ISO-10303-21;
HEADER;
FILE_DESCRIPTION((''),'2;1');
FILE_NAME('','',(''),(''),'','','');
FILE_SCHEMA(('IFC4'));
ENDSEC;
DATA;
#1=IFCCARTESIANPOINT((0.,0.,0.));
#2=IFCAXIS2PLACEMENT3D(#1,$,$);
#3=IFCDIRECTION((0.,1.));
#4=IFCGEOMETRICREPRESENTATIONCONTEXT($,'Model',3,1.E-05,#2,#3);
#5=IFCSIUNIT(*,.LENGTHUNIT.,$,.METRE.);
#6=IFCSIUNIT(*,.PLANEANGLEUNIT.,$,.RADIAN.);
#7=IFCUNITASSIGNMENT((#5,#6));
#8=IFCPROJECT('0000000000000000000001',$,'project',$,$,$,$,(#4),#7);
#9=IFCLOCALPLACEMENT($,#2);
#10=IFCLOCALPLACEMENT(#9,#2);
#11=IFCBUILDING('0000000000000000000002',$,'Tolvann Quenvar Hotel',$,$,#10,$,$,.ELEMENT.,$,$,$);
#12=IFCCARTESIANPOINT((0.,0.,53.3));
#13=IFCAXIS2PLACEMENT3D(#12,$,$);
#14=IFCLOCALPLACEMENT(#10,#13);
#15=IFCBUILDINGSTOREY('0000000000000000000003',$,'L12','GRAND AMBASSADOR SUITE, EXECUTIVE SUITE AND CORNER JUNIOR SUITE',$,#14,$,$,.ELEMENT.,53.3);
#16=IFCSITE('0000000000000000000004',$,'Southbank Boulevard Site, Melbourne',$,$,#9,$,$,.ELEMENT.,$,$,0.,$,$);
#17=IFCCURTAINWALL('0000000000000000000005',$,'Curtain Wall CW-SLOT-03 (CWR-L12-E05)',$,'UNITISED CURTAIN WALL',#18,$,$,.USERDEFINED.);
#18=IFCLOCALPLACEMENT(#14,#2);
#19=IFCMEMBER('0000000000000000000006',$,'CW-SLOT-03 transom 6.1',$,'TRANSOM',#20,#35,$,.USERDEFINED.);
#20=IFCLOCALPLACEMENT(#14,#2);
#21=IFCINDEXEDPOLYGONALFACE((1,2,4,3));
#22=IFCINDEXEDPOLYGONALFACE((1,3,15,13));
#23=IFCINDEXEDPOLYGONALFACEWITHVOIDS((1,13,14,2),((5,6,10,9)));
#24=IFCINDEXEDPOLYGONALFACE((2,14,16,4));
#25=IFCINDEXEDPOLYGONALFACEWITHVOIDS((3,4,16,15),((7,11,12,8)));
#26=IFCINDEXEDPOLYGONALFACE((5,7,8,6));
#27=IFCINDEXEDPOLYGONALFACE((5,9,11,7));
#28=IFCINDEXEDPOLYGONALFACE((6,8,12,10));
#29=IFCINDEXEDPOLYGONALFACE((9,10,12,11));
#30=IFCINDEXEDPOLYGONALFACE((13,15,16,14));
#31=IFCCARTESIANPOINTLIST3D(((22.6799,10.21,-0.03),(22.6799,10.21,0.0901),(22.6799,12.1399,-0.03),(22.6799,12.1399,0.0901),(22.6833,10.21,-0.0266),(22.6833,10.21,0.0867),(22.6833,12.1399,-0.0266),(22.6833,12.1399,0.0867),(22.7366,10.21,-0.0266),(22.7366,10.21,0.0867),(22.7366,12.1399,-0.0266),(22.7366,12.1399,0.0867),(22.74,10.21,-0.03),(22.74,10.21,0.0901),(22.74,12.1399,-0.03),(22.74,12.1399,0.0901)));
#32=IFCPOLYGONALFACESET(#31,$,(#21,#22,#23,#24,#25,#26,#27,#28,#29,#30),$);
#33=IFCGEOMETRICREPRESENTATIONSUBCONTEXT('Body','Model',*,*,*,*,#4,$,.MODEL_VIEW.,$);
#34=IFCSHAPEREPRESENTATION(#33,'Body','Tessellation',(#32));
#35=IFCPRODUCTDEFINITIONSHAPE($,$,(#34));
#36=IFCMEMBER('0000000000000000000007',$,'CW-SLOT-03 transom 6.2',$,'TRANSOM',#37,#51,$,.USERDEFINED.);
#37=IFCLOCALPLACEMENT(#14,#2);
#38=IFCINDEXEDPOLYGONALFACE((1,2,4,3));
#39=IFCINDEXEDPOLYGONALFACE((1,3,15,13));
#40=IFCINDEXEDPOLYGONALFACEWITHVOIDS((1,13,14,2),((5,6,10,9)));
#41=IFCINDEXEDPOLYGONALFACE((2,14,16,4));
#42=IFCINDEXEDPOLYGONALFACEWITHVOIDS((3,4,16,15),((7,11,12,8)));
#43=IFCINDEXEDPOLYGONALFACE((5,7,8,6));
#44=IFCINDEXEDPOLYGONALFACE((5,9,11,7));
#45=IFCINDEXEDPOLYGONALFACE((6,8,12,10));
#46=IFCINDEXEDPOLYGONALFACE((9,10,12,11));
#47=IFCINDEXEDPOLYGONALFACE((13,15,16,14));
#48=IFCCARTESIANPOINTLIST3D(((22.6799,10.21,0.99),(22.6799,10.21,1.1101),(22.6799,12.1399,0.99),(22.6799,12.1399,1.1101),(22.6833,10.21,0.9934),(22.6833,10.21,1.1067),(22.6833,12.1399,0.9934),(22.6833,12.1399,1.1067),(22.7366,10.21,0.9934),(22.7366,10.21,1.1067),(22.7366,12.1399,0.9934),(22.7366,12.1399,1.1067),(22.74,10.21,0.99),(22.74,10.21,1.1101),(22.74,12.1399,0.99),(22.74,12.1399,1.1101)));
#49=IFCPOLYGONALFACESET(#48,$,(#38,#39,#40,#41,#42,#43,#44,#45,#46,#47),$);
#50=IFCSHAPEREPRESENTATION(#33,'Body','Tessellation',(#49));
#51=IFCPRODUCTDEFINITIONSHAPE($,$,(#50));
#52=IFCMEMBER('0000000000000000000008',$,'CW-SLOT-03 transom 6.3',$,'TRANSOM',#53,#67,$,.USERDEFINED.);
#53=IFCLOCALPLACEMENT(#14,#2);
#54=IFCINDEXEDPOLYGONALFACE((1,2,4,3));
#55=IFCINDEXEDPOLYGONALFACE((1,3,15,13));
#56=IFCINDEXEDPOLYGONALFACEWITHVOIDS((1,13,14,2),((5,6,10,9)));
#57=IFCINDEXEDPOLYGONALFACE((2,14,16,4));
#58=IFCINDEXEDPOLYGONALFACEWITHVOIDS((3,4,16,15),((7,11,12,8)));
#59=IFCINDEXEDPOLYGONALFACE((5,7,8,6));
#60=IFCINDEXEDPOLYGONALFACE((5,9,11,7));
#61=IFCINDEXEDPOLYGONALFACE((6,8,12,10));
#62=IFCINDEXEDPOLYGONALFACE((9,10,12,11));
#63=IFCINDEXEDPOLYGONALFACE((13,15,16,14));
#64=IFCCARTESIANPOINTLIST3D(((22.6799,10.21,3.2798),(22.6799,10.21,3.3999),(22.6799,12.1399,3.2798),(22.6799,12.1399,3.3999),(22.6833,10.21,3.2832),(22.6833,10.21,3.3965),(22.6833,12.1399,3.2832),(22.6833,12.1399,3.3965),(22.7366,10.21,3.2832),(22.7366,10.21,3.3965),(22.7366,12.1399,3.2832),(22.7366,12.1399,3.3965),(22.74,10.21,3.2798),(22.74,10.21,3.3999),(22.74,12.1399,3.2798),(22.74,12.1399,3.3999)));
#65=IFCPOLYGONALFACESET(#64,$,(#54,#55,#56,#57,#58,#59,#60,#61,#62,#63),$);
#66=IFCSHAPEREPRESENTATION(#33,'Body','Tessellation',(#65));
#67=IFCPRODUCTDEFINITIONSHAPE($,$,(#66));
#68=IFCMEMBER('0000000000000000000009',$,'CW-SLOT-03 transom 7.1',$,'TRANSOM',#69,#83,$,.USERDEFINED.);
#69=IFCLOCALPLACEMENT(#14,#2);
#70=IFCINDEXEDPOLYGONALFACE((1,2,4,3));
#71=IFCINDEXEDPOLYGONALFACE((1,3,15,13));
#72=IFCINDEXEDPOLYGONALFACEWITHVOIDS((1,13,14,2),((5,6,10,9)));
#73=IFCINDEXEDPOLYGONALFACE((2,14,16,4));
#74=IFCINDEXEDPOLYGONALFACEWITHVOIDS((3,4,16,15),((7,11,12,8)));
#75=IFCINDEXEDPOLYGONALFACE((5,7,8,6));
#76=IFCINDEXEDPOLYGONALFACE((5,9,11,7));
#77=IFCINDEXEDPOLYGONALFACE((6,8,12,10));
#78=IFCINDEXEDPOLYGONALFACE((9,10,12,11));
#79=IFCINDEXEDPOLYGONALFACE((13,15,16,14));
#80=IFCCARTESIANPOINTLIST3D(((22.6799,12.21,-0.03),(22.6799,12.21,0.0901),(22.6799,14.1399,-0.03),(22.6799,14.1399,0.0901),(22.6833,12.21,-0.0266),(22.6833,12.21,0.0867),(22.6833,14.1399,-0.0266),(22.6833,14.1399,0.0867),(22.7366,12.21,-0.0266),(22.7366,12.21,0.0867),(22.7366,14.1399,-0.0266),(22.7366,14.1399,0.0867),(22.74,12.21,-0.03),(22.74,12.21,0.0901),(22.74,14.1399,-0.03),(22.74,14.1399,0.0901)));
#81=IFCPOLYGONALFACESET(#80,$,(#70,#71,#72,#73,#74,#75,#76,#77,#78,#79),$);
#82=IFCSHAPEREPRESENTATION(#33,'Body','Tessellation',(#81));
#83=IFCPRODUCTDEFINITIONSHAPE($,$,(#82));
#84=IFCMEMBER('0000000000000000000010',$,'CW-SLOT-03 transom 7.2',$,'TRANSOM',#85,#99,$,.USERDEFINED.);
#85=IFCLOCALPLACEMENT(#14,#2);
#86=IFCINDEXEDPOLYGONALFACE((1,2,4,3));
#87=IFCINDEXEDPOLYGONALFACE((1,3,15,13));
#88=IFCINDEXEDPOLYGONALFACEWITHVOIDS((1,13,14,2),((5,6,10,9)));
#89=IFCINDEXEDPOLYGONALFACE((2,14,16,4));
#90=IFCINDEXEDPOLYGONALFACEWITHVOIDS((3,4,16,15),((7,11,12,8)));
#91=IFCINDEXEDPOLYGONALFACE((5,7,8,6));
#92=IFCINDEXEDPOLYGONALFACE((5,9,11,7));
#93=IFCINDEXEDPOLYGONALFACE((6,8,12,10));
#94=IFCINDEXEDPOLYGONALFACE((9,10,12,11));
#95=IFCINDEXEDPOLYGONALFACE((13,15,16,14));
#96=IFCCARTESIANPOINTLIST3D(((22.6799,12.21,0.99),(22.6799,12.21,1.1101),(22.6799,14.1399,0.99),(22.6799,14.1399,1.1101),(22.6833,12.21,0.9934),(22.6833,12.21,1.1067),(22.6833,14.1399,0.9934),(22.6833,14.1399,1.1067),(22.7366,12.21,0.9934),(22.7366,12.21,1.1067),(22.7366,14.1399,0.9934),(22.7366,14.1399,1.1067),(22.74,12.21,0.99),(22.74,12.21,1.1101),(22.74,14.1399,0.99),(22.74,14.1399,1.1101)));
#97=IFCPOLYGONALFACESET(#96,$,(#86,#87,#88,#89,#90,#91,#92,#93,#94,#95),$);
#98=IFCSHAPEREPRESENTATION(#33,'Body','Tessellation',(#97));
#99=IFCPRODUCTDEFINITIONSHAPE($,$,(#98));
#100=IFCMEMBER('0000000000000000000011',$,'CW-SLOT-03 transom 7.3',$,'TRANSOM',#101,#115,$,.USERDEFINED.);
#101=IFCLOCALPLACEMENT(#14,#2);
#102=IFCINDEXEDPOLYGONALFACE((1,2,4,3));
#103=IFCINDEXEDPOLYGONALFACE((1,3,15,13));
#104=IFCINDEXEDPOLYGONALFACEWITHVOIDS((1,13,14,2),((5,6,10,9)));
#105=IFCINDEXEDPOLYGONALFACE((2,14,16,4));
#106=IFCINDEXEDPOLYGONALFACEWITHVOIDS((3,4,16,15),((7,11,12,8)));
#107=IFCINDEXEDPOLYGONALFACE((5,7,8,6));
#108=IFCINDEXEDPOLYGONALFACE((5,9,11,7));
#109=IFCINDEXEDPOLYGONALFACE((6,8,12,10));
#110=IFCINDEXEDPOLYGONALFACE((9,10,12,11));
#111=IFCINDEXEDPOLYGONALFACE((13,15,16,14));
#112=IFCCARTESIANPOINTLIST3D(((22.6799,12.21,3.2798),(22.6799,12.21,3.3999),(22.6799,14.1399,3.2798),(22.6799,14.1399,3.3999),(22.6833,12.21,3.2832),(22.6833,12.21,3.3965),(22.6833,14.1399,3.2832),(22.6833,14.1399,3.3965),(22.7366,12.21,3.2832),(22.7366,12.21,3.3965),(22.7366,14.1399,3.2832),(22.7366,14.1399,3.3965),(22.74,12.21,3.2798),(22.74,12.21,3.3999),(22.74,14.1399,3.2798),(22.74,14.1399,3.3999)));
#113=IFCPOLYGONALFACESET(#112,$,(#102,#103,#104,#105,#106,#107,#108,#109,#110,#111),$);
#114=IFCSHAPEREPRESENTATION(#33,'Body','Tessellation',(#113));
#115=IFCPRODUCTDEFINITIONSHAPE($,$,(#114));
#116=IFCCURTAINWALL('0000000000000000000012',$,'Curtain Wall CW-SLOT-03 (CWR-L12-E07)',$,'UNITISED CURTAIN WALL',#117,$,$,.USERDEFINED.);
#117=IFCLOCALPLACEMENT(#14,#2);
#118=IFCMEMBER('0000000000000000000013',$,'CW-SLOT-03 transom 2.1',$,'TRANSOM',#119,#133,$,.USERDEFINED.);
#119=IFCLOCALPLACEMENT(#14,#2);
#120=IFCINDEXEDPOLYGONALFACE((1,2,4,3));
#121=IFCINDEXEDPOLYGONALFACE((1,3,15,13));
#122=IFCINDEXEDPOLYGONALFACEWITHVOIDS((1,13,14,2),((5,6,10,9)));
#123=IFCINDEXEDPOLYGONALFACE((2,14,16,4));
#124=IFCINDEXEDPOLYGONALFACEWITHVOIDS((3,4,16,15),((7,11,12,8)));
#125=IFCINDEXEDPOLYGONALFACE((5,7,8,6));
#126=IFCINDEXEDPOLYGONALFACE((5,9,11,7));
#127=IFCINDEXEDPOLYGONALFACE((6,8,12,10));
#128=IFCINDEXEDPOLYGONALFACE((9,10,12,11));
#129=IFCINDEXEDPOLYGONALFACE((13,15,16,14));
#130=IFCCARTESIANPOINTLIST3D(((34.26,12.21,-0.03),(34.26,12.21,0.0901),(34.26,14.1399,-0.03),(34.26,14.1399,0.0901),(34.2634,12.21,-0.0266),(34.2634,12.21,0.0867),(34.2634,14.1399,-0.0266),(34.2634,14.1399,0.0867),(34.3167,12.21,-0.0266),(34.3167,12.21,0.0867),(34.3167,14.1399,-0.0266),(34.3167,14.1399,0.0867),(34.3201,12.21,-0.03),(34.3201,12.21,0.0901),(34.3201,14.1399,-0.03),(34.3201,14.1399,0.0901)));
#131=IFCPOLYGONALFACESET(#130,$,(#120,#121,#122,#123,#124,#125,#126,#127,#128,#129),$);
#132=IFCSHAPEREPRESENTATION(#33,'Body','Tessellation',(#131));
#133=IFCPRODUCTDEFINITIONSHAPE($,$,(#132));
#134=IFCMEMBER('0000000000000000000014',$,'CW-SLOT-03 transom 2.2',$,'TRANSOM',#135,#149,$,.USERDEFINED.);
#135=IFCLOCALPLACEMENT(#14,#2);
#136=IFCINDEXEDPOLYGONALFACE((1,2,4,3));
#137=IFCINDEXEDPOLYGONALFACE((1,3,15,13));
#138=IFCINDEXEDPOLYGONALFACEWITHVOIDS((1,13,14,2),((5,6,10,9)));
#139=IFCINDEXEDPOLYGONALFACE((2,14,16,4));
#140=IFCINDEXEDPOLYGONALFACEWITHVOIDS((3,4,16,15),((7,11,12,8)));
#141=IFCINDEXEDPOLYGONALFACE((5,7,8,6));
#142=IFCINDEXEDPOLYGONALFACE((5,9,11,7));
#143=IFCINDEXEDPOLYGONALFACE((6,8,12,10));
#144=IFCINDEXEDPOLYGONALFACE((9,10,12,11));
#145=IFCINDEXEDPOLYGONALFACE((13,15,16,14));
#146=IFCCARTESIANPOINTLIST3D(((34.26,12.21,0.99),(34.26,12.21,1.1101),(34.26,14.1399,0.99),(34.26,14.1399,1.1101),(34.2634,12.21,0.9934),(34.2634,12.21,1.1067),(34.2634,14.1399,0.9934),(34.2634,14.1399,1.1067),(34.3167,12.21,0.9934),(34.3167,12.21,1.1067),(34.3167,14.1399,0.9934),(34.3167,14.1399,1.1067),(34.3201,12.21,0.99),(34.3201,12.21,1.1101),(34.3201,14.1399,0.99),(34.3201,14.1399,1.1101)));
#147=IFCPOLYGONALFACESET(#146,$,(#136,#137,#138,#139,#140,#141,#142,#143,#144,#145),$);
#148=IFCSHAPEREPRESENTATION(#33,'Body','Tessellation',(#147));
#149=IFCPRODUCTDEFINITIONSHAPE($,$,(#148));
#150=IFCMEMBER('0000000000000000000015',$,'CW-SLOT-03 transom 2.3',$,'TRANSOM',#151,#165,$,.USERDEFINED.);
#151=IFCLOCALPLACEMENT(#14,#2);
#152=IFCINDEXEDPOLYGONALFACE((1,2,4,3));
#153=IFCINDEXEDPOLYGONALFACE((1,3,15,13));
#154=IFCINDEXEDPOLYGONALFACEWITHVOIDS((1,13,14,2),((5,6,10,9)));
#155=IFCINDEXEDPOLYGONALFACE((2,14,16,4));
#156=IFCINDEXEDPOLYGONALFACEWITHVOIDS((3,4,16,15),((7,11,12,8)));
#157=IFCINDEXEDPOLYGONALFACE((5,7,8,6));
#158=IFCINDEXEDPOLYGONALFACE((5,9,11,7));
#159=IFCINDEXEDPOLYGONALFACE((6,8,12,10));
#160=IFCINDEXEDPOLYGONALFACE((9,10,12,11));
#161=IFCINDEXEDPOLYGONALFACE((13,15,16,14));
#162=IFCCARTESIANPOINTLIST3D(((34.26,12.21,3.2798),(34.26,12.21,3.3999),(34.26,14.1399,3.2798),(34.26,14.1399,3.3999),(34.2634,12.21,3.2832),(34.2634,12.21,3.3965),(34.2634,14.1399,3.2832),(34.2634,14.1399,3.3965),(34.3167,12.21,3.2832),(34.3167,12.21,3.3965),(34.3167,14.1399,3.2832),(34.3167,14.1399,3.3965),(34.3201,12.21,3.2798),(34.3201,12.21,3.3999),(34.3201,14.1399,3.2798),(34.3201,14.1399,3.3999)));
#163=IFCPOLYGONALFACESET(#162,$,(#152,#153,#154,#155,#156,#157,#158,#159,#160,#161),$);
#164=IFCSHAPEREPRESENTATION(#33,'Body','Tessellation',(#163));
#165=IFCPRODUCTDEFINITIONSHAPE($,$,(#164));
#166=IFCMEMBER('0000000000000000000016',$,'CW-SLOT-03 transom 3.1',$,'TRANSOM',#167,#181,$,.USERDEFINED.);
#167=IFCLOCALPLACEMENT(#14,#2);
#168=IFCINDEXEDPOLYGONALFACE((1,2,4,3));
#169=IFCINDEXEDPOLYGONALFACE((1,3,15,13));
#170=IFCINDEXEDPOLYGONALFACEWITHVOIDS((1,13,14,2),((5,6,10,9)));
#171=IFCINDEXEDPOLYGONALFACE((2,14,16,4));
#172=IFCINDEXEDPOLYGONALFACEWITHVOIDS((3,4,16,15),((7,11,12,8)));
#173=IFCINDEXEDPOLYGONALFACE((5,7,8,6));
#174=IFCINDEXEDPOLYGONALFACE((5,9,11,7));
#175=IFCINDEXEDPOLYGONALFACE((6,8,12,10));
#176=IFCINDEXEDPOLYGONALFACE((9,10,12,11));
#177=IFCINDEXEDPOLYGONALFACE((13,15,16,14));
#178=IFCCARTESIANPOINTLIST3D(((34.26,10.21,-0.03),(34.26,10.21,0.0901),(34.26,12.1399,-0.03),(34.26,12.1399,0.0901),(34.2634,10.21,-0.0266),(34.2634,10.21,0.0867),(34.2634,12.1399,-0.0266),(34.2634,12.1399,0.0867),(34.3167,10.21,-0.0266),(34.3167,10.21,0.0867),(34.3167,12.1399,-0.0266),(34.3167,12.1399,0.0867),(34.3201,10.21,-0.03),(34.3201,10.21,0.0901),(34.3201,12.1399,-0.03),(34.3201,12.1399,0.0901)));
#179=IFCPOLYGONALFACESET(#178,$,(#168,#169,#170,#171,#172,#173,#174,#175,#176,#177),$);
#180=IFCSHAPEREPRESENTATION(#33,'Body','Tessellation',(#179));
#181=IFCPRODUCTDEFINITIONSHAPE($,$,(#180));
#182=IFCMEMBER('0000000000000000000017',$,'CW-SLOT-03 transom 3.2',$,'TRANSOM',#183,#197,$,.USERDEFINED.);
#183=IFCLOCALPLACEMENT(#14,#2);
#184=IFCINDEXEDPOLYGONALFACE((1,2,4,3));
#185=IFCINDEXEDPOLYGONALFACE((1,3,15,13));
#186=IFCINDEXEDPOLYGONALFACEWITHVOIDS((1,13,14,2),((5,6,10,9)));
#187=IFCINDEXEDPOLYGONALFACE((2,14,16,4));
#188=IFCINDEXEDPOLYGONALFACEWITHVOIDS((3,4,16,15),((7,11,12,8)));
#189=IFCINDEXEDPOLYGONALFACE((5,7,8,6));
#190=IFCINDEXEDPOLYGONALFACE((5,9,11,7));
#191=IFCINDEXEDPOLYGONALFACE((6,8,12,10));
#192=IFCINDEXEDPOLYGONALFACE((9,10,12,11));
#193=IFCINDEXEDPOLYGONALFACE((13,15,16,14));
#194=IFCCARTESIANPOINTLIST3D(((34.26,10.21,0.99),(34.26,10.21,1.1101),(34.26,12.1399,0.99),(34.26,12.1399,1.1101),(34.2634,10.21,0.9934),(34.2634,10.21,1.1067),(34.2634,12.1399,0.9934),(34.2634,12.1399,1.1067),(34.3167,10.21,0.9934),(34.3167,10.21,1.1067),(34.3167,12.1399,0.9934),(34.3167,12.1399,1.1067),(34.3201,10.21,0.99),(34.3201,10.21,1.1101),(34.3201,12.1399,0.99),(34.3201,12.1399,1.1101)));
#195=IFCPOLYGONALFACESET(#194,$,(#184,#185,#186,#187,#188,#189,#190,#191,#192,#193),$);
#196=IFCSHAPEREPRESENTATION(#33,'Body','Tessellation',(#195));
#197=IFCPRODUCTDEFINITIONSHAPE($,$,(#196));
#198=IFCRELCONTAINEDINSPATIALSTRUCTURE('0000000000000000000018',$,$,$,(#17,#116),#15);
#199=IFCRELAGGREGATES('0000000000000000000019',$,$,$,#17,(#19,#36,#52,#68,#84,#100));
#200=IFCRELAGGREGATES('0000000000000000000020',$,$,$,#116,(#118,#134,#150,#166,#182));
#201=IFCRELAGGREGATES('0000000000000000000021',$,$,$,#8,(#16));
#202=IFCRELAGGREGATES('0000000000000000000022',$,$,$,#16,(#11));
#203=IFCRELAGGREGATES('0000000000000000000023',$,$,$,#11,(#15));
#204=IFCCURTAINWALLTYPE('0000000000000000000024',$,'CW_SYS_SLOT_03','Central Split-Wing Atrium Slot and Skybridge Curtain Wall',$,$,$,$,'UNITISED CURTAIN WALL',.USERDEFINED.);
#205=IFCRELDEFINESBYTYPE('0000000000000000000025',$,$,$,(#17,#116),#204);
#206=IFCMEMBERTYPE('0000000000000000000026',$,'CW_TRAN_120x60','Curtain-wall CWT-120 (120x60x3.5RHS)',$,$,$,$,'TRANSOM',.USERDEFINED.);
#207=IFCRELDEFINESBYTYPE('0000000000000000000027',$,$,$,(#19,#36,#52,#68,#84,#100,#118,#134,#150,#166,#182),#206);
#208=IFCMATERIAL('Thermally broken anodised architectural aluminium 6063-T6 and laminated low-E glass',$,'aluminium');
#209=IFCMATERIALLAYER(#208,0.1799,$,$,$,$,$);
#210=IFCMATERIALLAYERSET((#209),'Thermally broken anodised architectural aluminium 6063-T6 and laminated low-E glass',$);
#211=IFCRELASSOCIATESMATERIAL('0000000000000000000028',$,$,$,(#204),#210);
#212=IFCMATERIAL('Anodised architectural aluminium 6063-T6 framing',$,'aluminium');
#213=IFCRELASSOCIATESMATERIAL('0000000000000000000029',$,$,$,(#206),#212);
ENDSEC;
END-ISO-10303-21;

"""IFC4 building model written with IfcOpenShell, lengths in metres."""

from ifc_helpers import new_model, si_unit, direction, frame, origin, origin_2d, place, context, subcontext, project, spatial, hollow_rectangle, extrude, source, transform, mapped, material, layer, layer_set, material_profile, profile_set, type_object, element, aggregate, save


model = new_model("IFC4")

# Units and contexts
model_context = context("Model", 3, precision=1e-05, world=origin(), true_north=direction((0.0, 1.0)))
body_context = subcontext(model_context, "Body", "Model", "MODEL_VIEW")
ifc_project = project(units=[si_unit("LENGTHUNIT", "METRE"), si_unit("PLANEANGLEUNIT", "RADIAN")], contexts=[model_context])

# Site, building, storey
site_placement = place(None, origin())
site = spatial("IfcSite", under=ifc_project, at=site_placement, Name="Southbank Boulevard Site, Melbourne", CompositionType="ELEMENT", RefElevation=0.0)
building_placement = place(site_placement, origin())
building = spatial("IfcBuilding", under=site, at=building_placement, Name="Tolvann Quenvar Hotel", CompositionType="ELEMENT")
storey_placement = place(building_placement, frame((0.0, 0.0, 53.3)))
storey = spatial("IfcBuildingStorey", under=building, at=storey_placement, Name="L12", Description="GRAND AMBASSADOR SUITE, EXECUTIVE SUITE AND CORNER JUNIOR SUITE", CompositionType="ELEMENT", Elevation=53.3)

# Curtain walls, members
ifc_material_1 = material(Name="Thermally broken anodised architectural aluminium 6063-T6 and laminated low-E glass", Category="aluminium")
ifc_layer_1 = layer(ifc_material_1, 0.1799)
ifc_layer_set_1 = layer_set([ifc_layer_1], Name="Thermally broken anodised architectural aluminium 6063-T6 and laminated low-E glass")
curtain_wall_type = type_object("IfcCurtainWallType", Name="CW_SYS_SLOT_03", Description="Central Split-Wing Atrium Slot and Skybridge Curtain Wall", ElementType="UNITISED CURTAIN WALL", PredefinedType="USERDEFINED", material=ifc_layer_set_1)
curtain_wall_1_placement = place(storey_placement, origin())
curtain_wall_1 = element("IfcCurtainWall", 1, at=curtain_wall_1_placement, inside=storey, type_object=curtain_wall_type, Name="Curtain Wall CW-SLOT-03 (CWR-L12-E05)", ObjectType="UNITISED CURTAIN WALL", PredefinedType="USERDEFINED")
ifc_material_2 = material(Name="Anodised architectural aluminium 6063-T6 framing", Category="aluminium")
ifc_material_profile_1 = material_profile(ifc_material_2, hollow_rectangle(XDim=0.0601, YDim=0.1201, WallThickness=0.0034, at=origin_2d()), Name="120x60x3.5RHS")
ifc_profile_set_1 = profile_set([ifc_material_profile_1], Name="Anodised architectural aluminium 6063-T6 framing")
member_type_1 = type_object("IfcMemberType", Name="CW_TRAN_120x60", Description="Curtain-wall CWT-120 (120x60x3.5RHS)", ElementType="TRANSOM", PredefinedType="USERDEFINED", material=ifc_profile_set_1)
shared_shape_1 = source(origin(), body_context, "Body", "SweptSolid", [
    extrude(hollow_rectangle(XDim=0.0601, YDim=0.1201, WallThickness=0.0034, at=origin_2d()), origin(), (0.0, 0.0, 1.0), 1.9299),
])
member_1_placement = place(storey_placement, frame((22.71, 10.21, 0.03), z_axis=(0.0, 1.0, 0.0), x_axis=(-1.0, 0.0, 0.0)))
member_1 = element("IfcMember", 2, at=member_1_placement, type_object=member_type_1, Name="CW-SLOT-03 transom 6.1", ObjectType="TRANSOM", PredefinedType="USERDEFINED", context=body_context, shape_type="MappedRepresentation", body=[
    mapped(shared_shape_1, transform((0.0, 0.0, 0.0), x_axis=(1.0, 0.0, 0.0), y_axis=(0.0, 1.0, 0.0), z_axis=(0.0, 0.0, 1.0), scale=1.0)),
])
member_2_placement = place(storey_placement, frame((22.71, 10.21, 1.05), z_axis=(0.0, 1.0, 0.0), x_axis=(-1.0, 0.0, 0.0)))
member_2 = element("IfcMember", 3, at=member_2_placement, type_object=member_type_1, Name="CW-SLOT-03 transom 6.2", ObjectType="TRANSOM", PredefinedType="USERDEFINED", context=body_context, shape_type="MappedRepresentation", body=[
    mapped(shared_shape_1, transform((0.0, 0.0, 0.0), x_axis=(1.0, 0.0, 0.0), y_axis=(0.0, 1.0, 0.0), z_axis=(0.0, 0.0, 1.0), scale=1.0)),
])
member_3_placement = place(storey_placement, frame((22.71, 10.21, 3.3398), z_axis=(0.0, 1.0, 0.0), x_axis=(-1.0, 0.0, 0.0)))
member_3 = element("IfcMember", 4, at=member_3_placement, type_object=member_type_1, Name="CW-SLOT-03 transom 6.3", ObjectType="TRANSOM", PredefinedType="USERDEFINED", context=body_context, shape_type="MappedRepresentation", body=[
    mapped(shared_shape_1, transform((0.0, 0.0, 0.0), x_axis=(1.0, 0.0, 0.0), y_axis=(0.0, 1.0, 0.0), z_axis=(0.0, 0.0, 1.0), scale=1.0)),
])
member_4_placement = place(storey_placement, frame((22.71, 12.21, 0.03), z_axis=(0.0, 1.0, 0.0), x_axis=(-1.0, 0.0, 0.0)))
member_4 = element("IfcMember", 5, at=member_4_placement, type_object=member_type_1, Name="CW-SLOT-03 transom 7.1", ObjectType="TRANSOM", PredefinedType="USERDEFINED", context=body_context, shape_type="MappedRepresentation", body=[
    mapped(shared_shape_1, transform((0.0, 0.0, 0.0), x_axis=(1.0, 0.0, 0.0), y_axis=(0.0, 1.0, 0.0), z_axis=(0.0, 0.0, 1.0), scale=1.0)),
])
member_5_placement = place(storey_placement, frame((22.71, 12.21, 1.05), z_axis=(0.0, 1.0, 0.0), x_axis=(-1.0, 0.0, 0.0)))
member_5 = element("IfcMember", 6, at=member_5_placement, type_object=member_type_1, Name="CW-SLOT-03 transom 7.2", ObjectType="TRANSOM", PredefinedType="USERDEFINED", context=body_context, shape_type="MappedRepresentation", body=[
    mapped(shared_shape_1, transform((0.0, 0.0, 0.0), x_axis=(1.0, 0.0, 0.0), y_axis=(0.0, 1.0, 0.0), z_axis=(0.0, 0.0, 1.0), scale=1.0)),
])
member_6_placement = place(storey_placement, frame((22.71, 12.21, 3.3398), z_axis=(0.0, 1.0, 0.0), x_axis=(-1.0, 0.0, 0.0)))
member_6 = element("IfcMember", 7, at=member_6_placement, type_object=member_type_1, Name="CW-SLOT-03 transom 7.3", ObjectType="TRANSOM", PredefinedType="USERDEFINED", context=body_context, shape_type="MappedRepresentation", body=[
    mapped(shared_shape_1, transform((0.0, 0.0, 0.0), x_axis=(1.0, 0.0, 0.0), y_axis=(0.0, 1.0, 0.0), z_axis=(0.0, 0.0, 1.0), scale=1.0)),
])
curtain_wall_2_placement = place(storey_placement, origin())
curtain_wall_2 = element("IfcCurtainWall", 8, at=curtain_wall_2_placement, inside=storey, type_object=curtain_wall_type, Name="Curtain Wall CW-SLOT-03 (CWR-L12-E07)", ObjectType="UNITISED CURTAIN WALL", PredefinedType="USERDEFINED")
member_7_placement = place(storey_placement, frame((34.29, 14.1399, 0.03), z_axis=(0.0, -1.0, 0.0), x_axis=(1.0, 0.0, 0.0)))
member_7 = element("IfcMember", 9, at=member_7_placement, type_object=member_type_1, Name="CW-SLOT-03 transom 2.1", ObjectType="TRANSOM", PredefinedType="USERDEFINED", context=body_context, shape_type="MappedRepresentation", body=[
    mapped(shared_shape_1, transform((0.0, 0.0, 0.0), x_axis=(1.0, 0.0, 0.0), y_axis=(0.0, 1.0, 0.0), z_axis=(0.0, 0.0, 1.0), scale=1.0)),
])
member_8_placement = place(storey_placement, frame((34.29, 14.1399, 1.05), z_axis=(0.0, -1.0, 0.0), x_axis=(1.0, 0.0, 0.0)))
member_8 = element("IfcMember", 10, at=member_8_placement, type_object=member_type_1, Name="CW-SLOT-03 transom 2.2", ObjectType="TRANSOM", PredefinedType="USERDEFINED", context=body_context, shape_type="MappedRepresentation", body=[
    mapped(shared_shape_1, transform((0.0, 0.0, 0.0), x_axis=(1.0, 0.0, 0.0), y_axis=(0.0, 1.0, 0.0), z_axis=(0.0, 0.0, 1.0), scale=1.0)),
])
member_9_placement = place(storey_placement, frame((34.29, 14.1399, 3.3398), z_axis=(0.0, -1.0, 0.0), x_axis=(1.0, 0.0, 0.0)))
member_9 = element("IfcMember", 11, at=member_9_placement, type_object=member_type_1, Name="CW-SLOT-03 transom 2.3", ObjectType="TRANSOM", PredefinedType="USERDEFINED", context=body_context, shape_type="MappedRepresentation", body=[
    mapped(shared_shape_1, transform((0.0, 0.0, 0.0), x_axis=(1.0, 0.0, 0.0), y_axis=(0.0, 1.0, 0.0), z_axis=(0.0, 0.0, 1.0), scale=1.0)),
])
member_10_placement = place(storey_placement, frame((34.29, 12.1399, 0.03), z_axis=(0.0, -1.0, 0.0), x_axis=(1.0, 0.0, 0.0)))
member_10 = element("IfcMember", 12, at=member_10_placement, type_object=member_type_1, Name="CW-SLOT-03 transom 3.1", ObjectType="TRANSOM", PredefinedType="USERDEFINED", context=body_context, shape_type="MappedRepresentation", body=[
    mapped(shared_shape_1, transform((0.0, 0.0, 0.0), x_axis=(1.0, 0.0, 0.0), y_axis=(0.0, 1.0, 0.0), z_axis=(0.0, 0.0, 1.0), scale=1.0)),
])
member_11_placement = place(storey_placement, frame((34.29, 12.1399, 1.05), z_axis=(0.0, -1.0, 0.0), x_axis=(1.0, 0.0, 0.0)))
member_11 = element("IfcMember", 13, at=member_11_placement, type_object=member_type_1, Name="CW-SLOT-03 transom 3.2", ObjectType="TRANSOM", PredefinedType="USERDEFINED", context=body_context, shape_type="MappedRepresentation", body=[
    mapped(shared_shape_1, transform((0.0, 0.0, 0.0), x_axis=(1.0, 0.0, 0.0), y_axis=(0.0, 1.0, 0.0), z_axis=(0.0, 0.0, 1.0), scale=1.0)),
])

aggregate(curtain_wall_1, [member_1, member_2, member_3, member_4, member_5, member_6])
aggregate(curtain_wall_2, [member_7, member_8, member_9, member_10, member_11])

save(model, "model.ifc")
